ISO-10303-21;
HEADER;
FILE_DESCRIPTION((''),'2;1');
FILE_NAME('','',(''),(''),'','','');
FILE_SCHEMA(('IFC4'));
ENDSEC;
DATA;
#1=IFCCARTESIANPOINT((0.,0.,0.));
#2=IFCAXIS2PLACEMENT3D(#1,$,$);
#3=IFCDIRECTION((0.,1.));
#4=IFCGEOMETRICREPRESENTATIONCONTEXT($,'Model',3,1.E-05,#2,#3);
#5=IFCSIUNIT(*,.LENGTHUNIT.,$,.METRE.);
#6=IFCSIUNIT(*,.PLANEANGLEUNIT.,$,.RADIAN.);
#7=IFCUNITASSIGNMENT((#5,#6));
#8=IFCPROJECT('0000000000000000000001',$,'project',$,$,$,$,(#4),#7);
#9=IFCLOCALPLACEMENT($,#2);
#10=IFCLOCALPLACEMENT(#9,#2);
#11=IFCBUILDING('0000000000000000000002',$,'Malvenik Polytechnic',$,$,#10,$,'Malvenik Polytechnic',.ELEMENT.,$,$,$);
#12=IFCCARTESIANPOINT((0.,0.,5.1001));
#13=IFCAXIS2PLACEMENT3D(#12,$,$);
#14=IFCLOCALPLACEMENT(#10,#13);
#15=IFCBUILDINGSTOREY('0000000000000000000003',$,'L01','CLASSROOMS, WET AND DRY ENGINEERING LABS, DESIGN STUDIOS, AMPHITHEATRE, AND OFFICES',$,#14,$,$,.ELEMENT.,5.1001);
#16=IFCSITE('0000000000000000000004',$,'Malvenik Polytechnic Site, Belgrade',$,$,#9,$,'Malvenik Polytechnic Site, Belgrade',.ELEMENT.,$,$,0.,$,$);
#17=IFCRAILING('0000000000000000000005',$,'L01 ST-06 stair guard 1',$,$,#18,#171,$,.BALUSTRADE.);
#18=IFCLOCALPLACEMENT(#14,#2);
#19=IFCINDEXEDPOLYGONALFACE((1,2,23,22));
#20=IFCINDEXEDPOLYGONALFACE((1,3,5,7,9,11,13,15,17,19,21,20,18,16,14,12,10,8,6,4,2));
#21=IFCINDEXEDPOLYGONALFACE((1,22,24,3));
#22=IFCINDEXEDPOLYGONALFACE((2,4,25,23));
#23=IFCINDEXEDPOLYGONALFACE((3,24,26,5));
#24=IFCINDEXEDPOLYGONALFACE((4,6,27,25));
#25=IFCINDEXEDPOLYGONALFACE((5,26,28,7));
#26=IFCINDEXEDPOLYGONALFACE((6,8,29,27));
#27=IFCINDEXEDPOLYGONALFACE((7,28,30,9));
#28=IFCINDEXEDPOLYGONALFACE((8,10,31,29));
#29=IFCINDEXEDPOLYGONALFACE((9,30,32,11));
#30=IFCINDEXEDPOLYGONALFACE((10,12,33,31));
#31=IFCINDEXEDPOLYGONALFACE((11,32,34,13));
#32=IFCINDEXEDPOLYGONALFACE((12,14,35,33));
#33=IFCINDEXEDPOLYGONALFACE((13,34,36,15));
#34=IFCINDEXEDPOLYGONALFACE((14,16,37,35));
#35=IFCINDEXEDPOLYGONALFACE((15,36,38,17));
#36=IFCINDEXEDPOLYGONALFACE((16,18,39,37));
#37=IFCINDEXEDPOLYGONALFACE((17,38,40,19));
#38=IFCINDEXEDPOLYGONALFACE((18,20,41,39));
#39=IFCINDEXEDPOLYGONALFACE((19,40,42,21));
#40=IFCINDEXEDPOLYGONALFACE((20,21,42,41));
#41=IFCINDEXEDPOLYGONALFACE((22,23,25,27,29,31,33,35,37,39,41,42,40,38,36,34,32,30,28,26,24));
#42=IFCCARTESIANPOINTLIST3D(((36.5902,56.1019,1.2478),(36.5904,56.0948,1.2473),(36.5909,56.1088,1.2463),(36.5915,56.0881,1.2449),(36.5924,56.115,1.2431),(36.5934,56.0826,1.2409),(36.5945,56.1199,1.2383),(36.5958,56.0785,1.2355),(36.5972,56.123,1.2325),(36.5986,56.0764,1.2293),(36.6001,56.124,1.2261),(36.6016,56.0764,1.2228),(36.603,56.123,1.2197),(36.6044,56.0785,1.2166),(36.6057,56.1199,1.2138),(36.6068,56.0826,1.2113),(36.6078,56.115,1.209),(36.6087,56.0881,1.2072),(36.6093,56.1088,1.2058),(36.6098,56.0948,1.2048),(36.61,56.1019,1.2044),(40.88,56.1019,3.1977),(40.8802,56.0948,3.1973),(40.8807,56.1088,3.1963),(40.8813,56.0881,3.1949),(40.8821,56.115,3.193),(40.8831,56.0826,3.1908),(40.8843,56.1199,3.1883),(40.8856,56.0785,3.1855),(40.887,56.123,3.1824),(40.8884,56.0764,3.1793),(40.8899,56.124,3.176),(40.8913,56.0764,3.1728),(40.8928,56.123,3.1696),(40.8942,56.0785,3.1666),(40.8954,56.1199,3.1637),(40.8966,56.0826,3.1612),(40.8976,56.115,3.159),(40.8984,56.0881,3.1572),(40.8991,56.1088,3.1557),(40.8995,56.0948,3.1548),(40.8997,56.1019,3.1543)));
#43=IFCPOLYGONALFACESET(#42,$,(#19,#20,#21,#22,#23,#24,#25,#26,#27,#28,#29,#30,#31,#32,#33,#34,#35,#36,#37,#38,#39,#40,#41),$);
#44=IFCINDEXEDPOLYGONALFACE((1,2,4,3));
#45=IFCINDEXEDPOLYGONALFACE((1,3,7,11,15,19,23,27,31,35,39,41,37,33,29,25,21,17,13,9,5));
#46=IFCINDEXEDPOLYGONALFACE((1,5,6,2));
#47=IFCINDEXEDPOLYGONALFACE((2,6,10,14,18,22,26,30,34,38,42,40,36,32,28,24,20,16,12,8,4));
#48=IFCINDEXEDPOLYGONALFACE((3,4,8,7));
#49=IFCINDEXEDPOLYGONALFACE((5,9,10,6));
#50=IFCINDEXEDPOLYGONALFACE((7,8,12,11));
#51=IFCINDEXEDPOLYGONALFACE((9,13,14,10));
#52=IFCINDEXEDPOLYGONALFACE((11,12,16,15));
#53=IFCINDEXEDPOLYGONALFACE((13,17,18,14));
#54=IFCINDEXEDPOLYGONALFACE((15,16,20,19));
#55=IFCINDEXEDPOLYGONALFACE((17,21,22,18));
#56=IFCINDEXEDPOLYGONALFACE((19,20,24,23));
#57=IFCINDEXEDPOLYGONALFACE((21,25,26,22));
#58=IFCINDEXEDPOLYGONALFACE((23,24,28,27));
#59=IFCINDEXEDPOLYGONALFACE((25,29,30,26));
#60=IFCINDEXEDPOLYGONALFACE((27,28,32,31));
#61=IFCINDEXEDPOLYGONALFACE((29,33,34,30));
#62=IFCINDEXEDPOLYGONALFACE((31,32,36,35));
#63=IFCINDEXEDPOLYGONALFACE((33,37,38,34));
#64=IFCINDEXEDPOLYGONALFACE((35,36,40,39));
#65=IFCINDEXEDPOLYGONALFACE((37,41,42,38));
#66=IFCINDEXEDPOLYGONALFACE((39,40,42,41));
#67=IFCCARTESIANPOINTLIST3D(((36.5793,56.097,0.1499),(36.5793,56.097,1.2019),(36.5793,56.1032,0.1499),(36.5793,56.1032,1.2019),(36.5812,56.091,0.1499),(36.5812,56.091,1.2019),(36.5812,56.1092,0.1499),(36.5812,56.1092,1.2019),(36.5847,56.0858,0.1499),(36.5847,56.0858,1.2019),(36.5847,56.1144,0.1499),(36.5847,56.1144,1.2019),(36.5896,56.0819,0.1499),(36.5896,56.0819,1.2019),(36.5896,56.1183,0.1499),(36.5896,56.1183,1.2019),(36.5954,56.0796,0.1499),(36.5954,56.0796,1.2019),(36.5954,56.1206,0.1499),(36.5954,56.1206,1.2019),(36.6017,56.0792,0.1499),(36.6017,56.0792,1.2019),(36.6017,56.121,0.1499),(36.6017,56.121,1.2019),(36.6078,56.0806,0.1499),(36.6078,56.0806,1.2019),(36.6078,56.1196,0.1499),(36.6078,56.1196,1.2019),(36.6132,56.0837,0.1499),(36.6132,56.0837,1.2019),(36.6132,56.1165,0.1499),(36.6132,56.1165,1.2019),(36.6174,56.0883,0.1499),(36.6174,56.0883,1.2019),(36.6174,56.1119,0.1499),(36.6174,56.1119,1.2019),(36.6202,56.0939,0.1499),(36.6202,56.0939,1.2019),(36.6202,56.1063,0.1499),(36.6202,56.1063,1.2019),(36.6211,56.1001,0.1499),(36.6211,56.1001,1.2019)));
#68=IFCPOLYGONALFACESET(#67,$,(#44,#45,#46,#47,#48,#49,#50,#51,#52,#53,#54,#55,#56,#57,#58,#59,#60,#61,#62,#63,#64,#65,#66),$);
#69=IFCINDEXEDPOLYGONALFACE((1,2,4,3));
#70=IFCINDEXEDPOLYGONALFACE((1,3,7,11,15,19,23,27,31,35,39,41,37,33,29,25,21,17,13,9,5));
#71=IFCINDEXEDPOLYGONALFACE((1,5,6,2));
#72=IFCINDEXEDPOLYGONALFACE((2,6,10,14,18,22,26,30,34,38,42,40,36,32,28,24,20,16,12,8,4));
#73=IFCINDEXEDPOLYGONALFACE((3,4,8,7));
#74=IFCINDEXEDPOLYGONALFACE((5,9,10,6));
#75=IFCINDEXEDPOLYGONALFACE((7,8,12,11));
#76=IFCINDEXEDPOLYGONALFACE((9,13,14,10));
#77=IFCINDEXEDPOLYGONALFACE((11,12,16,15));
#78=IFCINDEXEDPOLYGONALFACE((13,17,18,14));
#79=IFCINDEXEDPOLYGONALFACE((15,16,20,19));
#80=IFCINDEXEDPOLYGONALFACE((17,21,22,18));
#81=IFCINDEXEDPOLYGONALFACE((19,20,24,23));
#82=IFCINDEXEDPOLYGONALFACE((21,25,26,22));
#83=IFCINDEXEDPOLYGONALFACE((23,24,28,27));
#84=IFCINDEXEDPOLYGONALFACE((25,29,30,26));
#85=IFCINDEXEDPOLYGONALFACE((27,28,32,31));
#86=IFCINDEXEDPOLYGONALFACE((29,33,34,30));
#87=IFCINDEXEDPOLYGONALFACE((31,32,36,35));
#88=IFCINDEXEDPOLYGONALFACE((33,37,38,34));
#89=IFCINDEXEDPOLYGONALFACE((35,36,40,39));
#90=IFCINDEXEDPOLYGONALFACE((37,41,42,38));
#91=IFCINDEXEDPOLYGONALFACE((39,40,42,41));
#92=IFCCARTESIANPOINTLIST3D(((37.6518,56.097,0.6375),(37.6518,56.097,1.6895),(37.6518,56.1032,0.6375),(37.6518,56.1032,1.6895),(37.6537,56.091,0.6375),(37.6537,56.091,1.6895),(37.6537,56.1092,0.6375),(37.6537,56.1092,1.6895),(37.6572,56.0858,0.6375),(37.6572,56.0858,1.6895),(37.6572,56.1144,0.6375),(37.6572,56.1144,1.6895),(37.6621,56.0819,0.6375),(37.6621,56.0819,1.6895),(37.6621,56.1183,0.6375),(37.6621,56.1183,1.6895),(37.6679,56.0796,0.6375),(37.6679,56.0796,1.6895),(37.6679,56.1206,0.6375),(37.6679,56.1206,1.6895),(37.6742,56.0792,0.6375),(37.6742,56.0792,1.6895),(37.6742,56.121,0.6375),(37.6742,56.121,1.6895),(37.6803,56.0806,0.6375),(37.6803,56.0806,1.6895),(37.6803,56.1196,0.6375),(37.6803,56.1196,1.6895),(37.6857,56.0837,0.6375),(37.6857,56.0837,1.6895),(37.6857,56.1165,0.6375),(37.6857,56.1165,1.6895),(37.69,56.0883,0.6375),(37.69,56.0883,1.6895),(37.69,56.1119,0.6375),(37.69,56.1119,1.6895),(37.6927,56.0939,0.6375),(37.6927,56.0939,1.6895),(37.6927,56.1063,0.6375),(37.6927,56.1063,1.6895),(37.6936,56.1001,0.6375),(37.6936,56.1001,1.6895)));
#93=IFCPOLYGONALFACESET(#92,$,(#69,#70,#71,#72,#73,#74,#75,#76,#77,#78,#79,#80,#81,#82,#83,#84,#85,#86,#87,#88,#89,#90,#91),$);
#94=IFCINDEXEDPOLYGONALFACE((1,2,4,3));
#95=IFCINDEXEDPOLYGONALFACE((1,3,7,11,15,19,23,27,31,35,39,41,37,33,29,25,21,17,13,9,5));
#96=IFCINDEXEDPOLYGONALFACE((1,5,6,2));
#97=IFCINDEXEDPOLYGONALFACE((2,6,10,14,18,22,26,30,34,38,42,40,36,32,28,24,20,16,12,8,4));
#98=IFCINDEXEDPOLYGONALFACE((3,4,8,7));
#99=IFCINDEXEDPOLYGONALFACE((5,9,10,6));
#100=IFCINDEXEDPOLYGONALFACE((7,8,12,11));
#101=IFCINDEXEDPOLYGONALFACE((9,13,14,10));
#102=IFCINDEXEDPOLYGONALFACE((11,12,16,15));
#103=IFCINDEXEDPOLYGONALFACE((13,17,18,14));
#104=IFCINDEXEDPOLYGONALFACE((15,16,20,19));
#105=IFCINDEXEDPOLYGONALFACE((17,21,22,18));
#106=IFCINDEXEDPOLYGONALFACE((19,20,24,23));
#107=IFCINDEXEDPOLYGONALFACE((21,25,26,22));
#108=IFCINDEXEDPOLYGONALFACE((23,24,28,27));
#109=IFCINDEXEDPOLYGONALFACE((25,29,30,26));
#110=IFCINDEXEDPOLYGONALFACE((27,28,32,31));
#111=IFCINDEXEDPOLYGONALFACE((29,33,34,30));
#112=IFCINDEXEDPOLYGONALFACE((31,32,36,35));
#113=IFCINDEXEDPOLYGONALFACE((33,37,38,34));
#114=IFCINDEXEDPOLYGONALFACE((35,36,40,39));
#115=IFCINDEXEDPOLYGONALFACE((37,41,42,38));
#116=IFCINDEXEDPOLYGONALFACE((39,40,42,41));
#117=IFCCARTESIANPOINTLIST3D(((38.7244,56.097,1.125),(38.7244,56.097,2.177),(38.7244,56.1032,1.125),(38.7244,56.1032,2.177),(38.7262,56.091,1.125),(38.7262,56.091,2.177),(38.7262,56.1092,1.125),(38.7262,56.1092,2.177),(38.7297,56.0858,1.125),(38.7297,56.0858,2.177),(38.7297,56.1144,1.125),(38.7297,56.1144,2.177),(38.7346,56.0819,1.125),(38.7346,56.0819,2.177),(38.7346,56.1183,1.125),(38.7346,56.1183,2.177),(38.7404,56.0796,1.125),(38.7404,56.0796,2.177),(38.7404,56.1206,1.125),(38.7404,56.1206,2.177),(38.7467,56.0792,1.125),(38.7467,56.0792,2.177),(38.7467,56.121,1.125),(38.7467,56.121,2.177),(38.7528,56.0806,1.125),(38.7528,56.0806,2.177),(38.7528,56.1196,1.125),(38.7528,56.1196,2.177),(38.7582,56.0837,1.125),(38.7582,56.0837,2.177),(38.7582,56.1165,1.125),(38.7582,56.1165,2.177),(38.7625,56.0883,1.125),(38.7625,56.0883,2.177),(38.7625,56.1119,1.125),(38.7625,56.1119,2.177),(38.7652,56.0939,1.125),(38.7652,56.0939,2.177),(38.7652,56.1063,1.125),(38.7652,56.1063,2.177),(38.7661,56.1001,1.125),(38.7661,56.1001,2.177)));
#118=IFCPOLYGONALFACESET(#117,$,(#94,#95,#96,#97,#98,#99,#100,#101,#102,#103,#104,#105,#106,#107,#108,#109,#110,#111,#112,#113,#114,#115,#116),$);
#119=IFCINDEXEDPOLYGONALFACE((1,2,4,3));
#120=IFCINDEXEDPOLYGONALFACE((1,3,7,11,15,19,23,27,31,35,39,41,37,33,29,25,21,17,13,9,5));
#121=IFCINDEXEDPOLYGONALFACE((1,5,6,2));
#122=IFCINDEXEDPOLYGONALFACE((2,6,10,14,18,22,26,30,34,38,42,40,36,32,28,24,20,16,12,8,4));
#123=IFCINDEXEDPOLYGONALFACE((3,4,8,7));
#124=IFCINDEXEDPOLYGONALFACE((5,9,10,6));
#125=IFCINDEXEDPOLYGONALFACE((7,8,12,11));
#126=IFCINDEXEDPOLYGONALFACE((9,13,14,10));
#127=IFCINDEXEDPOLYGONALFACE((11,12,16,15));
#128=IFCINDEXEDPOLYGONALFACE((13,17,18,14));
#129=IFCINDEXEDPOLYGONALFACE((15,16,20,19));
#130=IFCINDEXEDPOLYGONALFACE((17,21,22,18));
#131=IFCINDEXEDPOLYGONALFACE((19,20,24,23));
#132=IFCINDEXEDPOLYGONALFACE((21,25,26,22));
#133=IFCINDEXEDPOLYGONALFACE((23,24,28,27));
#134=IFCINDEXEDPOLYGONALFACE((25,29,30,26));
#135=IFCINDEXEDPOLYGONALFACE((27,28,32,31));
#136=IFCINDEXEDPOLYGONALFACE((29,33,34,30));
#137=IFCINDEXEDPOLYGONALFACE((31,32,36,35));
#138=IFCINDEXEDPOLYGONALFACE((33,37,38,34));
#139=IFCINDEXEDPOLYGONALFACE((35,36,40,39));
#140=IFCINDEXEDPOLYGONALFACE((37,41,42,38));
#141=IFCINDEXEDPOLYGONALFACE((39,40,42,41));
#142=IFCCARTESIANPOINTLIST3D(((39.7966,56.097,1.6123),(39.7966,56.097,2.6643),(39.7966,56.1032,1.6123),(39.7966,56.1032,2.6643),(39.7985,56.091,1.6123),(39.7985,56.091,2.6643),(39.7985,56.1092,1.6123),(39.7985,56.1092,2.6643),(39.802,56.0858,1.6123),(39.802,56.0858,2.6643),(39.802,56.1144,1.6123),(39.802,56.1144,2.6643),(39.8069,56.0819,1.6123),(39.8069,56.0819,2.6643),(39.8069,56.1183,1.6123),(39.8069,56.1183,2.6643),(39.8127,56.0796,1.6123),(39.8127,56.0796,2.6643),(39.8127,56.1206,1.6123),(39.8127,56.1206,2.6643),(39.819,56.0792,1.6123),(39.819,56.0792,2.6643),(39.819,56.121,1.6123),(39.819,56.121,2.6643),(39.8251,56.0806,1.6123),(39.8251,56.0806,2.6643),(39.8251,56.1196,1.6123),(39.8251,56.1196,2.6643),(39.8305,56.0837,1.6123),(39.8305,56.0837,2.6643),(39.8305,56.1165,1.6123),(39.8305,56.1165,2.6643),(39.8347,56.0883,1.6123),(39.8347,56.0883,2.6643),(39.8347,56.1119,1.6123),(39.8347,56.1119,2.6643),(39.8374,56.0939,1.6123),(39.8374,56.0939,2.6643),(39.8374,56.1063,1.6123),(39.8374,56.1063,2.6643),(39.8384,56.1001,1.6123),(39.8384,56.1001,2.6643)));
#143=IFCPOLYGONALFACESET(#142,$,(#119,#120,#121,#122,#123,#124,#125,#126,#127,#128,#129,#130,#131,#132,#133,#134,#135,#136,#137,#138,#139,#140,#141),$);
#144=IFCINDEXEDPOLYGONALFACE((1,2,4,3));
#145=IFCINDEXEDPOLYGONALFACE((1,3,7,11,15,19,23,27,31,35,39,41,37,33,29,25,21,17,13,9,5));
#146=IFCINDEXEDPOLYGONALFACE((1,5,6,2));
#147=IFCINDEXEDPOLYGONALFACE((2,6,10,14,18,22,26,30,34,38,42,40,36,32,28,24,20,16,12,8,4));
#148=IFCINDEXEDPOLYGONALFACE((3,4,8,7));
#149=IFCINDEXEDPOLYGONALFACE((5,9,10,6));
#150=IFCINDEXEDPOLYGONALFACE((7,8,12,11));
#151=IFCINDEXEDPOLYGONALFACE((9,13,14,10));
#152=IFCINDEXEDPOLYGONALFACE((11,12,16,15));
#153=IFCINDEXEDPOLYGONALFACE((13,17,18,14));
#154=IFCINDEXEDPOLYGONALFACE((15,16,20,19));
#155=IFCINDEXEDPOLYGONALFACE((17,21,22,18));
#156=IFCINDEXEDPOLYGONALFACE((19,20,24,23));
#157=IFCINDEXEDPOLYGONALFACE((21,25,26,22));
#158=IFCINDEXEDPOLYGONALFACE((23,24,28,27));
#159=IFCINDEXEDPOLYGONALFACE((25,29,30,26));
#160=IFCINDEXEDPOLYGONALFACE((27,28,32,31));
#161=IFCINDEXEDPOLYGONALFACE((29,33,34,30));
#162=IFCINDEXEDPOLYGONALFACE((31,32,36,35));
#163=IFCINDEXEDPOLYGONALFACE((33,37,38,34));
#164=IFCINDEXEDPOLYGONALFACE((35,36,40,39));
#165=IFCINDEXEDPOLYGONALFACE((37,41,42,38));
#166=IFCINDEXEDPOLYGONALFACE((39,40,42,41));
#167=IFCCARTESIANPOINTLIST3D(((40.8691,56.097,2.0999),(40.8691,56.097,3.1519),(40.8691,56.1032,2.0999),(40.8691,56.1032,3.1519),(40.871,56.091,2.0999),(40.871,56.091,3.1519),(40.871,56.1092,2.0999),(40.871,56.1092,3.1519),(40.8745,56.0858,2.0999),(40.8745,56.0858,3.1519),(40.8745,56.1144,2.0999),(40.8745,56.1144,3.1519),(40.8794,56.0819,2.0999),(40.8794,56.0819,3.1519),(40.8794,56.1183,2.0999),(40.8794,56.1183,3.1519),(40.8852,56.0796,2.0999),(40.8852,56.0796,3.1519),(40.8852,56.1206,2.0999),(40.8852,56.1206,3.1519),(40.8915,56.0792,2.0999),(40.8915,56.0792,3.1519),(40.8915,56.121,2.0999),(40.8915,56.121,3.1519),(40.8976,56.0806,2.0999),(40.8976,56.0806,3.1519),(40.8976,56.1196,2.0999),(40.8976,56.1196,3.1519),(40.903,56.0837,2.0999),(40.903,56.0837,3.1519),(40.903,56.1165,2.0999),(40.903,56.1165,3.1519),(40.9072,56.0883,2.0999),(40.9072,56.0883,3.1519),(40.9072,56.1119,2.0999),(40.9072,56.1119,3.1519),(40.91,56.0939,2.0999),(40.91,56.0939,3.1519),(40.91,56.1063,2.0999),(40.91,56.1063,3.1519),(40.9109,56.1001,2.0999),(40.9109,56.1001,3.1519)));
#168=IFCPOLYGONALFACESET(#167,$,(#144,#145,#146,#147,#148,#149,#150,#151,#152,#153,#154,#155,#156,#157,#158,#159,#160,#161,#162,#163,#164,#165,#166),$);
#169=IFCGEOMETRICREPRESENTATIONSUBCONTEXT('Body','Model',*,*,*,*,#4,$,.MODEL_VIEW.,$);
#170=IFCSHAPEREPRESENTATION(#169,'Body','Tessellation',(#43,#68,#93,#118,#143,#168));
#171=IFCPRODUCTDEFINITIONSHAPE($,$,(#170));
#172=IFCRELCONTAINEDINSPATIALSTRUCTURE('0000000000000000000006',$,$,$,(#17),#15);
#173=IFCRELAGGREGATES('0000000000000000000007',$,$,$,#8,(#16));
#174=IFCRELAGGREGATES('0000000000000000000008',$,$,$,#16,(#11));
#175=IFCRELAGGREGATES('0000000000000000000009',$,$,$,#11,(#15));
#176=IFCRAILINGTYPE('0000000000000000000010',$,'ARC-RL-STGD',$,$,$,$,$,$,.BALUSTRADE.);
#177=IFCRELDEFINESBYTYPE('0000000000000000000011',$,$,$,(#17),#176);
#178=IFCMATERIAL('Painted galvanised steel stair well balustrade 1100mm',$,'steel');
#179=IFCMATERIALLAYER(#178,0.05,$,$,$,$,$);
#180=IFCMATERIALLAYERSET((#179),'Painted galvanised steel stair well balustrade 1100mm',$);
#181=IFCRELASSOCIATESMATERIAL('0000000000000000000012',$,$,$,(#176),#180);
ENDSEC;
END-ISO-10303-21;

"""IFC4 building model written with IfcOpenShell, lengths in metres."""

from ifc_helpers import new_model, si_unit, direction, frame, origin, origin_2d, place, context, subcontext, project, spatial, circle, extrude, material, layer, layer_set, type_object, element, save


model = new_model("IFC4")

# Units and contexts
model_context = context("Model", 3, precision=1e-05, world=origin(), true_north=direction((0.0, 1.0)))
body_context = subcontext(model_context, "Body", "Model", "MODEL_VIEW")
ifc_project = project(units=[si_unit("LENGTHUNIT", "METRE"), si_unit("PLANEANGLEUNIT", "RADIAN")], contexts=[model_context])

# Site, building, storey
site_placement = place(None, origin())
site = spatial("IfcSite", under=ifc_project, at=site_placement, Name="Malvenik Polytechnic Site, Belgrade", LongName="Malvenik Polytechnic Site, Belgrade", CompositionType="ELEMENT", RefElevation=0.0)
building_placement = place(site_placement, origin())
building = spatial("IfcBuilding", under=site, at=building_placement, Name="Malvenik Polytechnic", LongName="Malvenik Polytechnic", CompositionType="ELEMENT")
storey_placement = place(building_placement, frame((0.0, 0.0, 5.1001)))
storey = spatial("IfcBuildingStorey", under=building, at=storey_placement, Name="L01", Description="CLASSROOMS, WET AND DRY ENGINEERING LABS, DESIGN STUDIOS, AMPHITHEATRE, AND OFFICES", CompositionType="ELEMENT", Elevation=5.1001)

# Railing
ifc_material_1 = material(Name="Painted galvanised steel stair well balustrade 1100mm", Category="steel")
ifc_layer_1 = layer(ifc_material_1, 0.05)
ifc_layer_set_1 = layer_set([ifc_layer_1], Name="Painted galvanised steel stair well balustrade 1100mm")
railing_type_1 = type_object("IfcRailingType", Name="ARC-RL-STGD", PredefinedType="BALUSTRADE", material=ifc_layer_set_1)
railing_1_placement = place(storey_placement, frame((36.6001, 56.1001, 0.1499)))
element("IfcRailing", 1, at=railing_1_placement, inside=storey, type_object=railing_type_1, Name="L01 ST-06 stair guard 1", PredefinedType="BALUSTRADE", context=body_context, shape_type="SweptSolid", body=[
    extrude(circle(Radius=0.0239, at=origin_2d()), frame((0.0, 0.0, 1.0762), z_axis=(0.910363, 0.0, 0.413811), x_axis=(0.0, 1.0, 0.0)), (0.0, 0.0, 1.0), 4.7122),
    extrude(circle(Radius=0.021, at=origin_2d()), origin(), (0.0, 0.0, 1.0), 1.052),
    extrude(circle(Radius=0.021, at=origin_2d()), frame((1.0725, 0.0, 0.4875)), (0.0, 0.0, 1.0), 1.052),
    extrude(circle(Radius=0.021, at=origin_2d()), frame((2.145, 0.0, 0.9751)), (0.0, 0.0, 1.0), 1.052),
    extrude(circle(Radius=0.021, at=origin_2d()), frame((3.2173, 0.0, 1.4624)), (0.0, 0.0, 1.0), 1.052),
    extrude(circle(Radius=0.021, at=origin_2d()), frame((4.2898, 0.0, 1.95)), (0.0, 0.0, 1.0), 1.052),
])

save(model, "model.ifc")
